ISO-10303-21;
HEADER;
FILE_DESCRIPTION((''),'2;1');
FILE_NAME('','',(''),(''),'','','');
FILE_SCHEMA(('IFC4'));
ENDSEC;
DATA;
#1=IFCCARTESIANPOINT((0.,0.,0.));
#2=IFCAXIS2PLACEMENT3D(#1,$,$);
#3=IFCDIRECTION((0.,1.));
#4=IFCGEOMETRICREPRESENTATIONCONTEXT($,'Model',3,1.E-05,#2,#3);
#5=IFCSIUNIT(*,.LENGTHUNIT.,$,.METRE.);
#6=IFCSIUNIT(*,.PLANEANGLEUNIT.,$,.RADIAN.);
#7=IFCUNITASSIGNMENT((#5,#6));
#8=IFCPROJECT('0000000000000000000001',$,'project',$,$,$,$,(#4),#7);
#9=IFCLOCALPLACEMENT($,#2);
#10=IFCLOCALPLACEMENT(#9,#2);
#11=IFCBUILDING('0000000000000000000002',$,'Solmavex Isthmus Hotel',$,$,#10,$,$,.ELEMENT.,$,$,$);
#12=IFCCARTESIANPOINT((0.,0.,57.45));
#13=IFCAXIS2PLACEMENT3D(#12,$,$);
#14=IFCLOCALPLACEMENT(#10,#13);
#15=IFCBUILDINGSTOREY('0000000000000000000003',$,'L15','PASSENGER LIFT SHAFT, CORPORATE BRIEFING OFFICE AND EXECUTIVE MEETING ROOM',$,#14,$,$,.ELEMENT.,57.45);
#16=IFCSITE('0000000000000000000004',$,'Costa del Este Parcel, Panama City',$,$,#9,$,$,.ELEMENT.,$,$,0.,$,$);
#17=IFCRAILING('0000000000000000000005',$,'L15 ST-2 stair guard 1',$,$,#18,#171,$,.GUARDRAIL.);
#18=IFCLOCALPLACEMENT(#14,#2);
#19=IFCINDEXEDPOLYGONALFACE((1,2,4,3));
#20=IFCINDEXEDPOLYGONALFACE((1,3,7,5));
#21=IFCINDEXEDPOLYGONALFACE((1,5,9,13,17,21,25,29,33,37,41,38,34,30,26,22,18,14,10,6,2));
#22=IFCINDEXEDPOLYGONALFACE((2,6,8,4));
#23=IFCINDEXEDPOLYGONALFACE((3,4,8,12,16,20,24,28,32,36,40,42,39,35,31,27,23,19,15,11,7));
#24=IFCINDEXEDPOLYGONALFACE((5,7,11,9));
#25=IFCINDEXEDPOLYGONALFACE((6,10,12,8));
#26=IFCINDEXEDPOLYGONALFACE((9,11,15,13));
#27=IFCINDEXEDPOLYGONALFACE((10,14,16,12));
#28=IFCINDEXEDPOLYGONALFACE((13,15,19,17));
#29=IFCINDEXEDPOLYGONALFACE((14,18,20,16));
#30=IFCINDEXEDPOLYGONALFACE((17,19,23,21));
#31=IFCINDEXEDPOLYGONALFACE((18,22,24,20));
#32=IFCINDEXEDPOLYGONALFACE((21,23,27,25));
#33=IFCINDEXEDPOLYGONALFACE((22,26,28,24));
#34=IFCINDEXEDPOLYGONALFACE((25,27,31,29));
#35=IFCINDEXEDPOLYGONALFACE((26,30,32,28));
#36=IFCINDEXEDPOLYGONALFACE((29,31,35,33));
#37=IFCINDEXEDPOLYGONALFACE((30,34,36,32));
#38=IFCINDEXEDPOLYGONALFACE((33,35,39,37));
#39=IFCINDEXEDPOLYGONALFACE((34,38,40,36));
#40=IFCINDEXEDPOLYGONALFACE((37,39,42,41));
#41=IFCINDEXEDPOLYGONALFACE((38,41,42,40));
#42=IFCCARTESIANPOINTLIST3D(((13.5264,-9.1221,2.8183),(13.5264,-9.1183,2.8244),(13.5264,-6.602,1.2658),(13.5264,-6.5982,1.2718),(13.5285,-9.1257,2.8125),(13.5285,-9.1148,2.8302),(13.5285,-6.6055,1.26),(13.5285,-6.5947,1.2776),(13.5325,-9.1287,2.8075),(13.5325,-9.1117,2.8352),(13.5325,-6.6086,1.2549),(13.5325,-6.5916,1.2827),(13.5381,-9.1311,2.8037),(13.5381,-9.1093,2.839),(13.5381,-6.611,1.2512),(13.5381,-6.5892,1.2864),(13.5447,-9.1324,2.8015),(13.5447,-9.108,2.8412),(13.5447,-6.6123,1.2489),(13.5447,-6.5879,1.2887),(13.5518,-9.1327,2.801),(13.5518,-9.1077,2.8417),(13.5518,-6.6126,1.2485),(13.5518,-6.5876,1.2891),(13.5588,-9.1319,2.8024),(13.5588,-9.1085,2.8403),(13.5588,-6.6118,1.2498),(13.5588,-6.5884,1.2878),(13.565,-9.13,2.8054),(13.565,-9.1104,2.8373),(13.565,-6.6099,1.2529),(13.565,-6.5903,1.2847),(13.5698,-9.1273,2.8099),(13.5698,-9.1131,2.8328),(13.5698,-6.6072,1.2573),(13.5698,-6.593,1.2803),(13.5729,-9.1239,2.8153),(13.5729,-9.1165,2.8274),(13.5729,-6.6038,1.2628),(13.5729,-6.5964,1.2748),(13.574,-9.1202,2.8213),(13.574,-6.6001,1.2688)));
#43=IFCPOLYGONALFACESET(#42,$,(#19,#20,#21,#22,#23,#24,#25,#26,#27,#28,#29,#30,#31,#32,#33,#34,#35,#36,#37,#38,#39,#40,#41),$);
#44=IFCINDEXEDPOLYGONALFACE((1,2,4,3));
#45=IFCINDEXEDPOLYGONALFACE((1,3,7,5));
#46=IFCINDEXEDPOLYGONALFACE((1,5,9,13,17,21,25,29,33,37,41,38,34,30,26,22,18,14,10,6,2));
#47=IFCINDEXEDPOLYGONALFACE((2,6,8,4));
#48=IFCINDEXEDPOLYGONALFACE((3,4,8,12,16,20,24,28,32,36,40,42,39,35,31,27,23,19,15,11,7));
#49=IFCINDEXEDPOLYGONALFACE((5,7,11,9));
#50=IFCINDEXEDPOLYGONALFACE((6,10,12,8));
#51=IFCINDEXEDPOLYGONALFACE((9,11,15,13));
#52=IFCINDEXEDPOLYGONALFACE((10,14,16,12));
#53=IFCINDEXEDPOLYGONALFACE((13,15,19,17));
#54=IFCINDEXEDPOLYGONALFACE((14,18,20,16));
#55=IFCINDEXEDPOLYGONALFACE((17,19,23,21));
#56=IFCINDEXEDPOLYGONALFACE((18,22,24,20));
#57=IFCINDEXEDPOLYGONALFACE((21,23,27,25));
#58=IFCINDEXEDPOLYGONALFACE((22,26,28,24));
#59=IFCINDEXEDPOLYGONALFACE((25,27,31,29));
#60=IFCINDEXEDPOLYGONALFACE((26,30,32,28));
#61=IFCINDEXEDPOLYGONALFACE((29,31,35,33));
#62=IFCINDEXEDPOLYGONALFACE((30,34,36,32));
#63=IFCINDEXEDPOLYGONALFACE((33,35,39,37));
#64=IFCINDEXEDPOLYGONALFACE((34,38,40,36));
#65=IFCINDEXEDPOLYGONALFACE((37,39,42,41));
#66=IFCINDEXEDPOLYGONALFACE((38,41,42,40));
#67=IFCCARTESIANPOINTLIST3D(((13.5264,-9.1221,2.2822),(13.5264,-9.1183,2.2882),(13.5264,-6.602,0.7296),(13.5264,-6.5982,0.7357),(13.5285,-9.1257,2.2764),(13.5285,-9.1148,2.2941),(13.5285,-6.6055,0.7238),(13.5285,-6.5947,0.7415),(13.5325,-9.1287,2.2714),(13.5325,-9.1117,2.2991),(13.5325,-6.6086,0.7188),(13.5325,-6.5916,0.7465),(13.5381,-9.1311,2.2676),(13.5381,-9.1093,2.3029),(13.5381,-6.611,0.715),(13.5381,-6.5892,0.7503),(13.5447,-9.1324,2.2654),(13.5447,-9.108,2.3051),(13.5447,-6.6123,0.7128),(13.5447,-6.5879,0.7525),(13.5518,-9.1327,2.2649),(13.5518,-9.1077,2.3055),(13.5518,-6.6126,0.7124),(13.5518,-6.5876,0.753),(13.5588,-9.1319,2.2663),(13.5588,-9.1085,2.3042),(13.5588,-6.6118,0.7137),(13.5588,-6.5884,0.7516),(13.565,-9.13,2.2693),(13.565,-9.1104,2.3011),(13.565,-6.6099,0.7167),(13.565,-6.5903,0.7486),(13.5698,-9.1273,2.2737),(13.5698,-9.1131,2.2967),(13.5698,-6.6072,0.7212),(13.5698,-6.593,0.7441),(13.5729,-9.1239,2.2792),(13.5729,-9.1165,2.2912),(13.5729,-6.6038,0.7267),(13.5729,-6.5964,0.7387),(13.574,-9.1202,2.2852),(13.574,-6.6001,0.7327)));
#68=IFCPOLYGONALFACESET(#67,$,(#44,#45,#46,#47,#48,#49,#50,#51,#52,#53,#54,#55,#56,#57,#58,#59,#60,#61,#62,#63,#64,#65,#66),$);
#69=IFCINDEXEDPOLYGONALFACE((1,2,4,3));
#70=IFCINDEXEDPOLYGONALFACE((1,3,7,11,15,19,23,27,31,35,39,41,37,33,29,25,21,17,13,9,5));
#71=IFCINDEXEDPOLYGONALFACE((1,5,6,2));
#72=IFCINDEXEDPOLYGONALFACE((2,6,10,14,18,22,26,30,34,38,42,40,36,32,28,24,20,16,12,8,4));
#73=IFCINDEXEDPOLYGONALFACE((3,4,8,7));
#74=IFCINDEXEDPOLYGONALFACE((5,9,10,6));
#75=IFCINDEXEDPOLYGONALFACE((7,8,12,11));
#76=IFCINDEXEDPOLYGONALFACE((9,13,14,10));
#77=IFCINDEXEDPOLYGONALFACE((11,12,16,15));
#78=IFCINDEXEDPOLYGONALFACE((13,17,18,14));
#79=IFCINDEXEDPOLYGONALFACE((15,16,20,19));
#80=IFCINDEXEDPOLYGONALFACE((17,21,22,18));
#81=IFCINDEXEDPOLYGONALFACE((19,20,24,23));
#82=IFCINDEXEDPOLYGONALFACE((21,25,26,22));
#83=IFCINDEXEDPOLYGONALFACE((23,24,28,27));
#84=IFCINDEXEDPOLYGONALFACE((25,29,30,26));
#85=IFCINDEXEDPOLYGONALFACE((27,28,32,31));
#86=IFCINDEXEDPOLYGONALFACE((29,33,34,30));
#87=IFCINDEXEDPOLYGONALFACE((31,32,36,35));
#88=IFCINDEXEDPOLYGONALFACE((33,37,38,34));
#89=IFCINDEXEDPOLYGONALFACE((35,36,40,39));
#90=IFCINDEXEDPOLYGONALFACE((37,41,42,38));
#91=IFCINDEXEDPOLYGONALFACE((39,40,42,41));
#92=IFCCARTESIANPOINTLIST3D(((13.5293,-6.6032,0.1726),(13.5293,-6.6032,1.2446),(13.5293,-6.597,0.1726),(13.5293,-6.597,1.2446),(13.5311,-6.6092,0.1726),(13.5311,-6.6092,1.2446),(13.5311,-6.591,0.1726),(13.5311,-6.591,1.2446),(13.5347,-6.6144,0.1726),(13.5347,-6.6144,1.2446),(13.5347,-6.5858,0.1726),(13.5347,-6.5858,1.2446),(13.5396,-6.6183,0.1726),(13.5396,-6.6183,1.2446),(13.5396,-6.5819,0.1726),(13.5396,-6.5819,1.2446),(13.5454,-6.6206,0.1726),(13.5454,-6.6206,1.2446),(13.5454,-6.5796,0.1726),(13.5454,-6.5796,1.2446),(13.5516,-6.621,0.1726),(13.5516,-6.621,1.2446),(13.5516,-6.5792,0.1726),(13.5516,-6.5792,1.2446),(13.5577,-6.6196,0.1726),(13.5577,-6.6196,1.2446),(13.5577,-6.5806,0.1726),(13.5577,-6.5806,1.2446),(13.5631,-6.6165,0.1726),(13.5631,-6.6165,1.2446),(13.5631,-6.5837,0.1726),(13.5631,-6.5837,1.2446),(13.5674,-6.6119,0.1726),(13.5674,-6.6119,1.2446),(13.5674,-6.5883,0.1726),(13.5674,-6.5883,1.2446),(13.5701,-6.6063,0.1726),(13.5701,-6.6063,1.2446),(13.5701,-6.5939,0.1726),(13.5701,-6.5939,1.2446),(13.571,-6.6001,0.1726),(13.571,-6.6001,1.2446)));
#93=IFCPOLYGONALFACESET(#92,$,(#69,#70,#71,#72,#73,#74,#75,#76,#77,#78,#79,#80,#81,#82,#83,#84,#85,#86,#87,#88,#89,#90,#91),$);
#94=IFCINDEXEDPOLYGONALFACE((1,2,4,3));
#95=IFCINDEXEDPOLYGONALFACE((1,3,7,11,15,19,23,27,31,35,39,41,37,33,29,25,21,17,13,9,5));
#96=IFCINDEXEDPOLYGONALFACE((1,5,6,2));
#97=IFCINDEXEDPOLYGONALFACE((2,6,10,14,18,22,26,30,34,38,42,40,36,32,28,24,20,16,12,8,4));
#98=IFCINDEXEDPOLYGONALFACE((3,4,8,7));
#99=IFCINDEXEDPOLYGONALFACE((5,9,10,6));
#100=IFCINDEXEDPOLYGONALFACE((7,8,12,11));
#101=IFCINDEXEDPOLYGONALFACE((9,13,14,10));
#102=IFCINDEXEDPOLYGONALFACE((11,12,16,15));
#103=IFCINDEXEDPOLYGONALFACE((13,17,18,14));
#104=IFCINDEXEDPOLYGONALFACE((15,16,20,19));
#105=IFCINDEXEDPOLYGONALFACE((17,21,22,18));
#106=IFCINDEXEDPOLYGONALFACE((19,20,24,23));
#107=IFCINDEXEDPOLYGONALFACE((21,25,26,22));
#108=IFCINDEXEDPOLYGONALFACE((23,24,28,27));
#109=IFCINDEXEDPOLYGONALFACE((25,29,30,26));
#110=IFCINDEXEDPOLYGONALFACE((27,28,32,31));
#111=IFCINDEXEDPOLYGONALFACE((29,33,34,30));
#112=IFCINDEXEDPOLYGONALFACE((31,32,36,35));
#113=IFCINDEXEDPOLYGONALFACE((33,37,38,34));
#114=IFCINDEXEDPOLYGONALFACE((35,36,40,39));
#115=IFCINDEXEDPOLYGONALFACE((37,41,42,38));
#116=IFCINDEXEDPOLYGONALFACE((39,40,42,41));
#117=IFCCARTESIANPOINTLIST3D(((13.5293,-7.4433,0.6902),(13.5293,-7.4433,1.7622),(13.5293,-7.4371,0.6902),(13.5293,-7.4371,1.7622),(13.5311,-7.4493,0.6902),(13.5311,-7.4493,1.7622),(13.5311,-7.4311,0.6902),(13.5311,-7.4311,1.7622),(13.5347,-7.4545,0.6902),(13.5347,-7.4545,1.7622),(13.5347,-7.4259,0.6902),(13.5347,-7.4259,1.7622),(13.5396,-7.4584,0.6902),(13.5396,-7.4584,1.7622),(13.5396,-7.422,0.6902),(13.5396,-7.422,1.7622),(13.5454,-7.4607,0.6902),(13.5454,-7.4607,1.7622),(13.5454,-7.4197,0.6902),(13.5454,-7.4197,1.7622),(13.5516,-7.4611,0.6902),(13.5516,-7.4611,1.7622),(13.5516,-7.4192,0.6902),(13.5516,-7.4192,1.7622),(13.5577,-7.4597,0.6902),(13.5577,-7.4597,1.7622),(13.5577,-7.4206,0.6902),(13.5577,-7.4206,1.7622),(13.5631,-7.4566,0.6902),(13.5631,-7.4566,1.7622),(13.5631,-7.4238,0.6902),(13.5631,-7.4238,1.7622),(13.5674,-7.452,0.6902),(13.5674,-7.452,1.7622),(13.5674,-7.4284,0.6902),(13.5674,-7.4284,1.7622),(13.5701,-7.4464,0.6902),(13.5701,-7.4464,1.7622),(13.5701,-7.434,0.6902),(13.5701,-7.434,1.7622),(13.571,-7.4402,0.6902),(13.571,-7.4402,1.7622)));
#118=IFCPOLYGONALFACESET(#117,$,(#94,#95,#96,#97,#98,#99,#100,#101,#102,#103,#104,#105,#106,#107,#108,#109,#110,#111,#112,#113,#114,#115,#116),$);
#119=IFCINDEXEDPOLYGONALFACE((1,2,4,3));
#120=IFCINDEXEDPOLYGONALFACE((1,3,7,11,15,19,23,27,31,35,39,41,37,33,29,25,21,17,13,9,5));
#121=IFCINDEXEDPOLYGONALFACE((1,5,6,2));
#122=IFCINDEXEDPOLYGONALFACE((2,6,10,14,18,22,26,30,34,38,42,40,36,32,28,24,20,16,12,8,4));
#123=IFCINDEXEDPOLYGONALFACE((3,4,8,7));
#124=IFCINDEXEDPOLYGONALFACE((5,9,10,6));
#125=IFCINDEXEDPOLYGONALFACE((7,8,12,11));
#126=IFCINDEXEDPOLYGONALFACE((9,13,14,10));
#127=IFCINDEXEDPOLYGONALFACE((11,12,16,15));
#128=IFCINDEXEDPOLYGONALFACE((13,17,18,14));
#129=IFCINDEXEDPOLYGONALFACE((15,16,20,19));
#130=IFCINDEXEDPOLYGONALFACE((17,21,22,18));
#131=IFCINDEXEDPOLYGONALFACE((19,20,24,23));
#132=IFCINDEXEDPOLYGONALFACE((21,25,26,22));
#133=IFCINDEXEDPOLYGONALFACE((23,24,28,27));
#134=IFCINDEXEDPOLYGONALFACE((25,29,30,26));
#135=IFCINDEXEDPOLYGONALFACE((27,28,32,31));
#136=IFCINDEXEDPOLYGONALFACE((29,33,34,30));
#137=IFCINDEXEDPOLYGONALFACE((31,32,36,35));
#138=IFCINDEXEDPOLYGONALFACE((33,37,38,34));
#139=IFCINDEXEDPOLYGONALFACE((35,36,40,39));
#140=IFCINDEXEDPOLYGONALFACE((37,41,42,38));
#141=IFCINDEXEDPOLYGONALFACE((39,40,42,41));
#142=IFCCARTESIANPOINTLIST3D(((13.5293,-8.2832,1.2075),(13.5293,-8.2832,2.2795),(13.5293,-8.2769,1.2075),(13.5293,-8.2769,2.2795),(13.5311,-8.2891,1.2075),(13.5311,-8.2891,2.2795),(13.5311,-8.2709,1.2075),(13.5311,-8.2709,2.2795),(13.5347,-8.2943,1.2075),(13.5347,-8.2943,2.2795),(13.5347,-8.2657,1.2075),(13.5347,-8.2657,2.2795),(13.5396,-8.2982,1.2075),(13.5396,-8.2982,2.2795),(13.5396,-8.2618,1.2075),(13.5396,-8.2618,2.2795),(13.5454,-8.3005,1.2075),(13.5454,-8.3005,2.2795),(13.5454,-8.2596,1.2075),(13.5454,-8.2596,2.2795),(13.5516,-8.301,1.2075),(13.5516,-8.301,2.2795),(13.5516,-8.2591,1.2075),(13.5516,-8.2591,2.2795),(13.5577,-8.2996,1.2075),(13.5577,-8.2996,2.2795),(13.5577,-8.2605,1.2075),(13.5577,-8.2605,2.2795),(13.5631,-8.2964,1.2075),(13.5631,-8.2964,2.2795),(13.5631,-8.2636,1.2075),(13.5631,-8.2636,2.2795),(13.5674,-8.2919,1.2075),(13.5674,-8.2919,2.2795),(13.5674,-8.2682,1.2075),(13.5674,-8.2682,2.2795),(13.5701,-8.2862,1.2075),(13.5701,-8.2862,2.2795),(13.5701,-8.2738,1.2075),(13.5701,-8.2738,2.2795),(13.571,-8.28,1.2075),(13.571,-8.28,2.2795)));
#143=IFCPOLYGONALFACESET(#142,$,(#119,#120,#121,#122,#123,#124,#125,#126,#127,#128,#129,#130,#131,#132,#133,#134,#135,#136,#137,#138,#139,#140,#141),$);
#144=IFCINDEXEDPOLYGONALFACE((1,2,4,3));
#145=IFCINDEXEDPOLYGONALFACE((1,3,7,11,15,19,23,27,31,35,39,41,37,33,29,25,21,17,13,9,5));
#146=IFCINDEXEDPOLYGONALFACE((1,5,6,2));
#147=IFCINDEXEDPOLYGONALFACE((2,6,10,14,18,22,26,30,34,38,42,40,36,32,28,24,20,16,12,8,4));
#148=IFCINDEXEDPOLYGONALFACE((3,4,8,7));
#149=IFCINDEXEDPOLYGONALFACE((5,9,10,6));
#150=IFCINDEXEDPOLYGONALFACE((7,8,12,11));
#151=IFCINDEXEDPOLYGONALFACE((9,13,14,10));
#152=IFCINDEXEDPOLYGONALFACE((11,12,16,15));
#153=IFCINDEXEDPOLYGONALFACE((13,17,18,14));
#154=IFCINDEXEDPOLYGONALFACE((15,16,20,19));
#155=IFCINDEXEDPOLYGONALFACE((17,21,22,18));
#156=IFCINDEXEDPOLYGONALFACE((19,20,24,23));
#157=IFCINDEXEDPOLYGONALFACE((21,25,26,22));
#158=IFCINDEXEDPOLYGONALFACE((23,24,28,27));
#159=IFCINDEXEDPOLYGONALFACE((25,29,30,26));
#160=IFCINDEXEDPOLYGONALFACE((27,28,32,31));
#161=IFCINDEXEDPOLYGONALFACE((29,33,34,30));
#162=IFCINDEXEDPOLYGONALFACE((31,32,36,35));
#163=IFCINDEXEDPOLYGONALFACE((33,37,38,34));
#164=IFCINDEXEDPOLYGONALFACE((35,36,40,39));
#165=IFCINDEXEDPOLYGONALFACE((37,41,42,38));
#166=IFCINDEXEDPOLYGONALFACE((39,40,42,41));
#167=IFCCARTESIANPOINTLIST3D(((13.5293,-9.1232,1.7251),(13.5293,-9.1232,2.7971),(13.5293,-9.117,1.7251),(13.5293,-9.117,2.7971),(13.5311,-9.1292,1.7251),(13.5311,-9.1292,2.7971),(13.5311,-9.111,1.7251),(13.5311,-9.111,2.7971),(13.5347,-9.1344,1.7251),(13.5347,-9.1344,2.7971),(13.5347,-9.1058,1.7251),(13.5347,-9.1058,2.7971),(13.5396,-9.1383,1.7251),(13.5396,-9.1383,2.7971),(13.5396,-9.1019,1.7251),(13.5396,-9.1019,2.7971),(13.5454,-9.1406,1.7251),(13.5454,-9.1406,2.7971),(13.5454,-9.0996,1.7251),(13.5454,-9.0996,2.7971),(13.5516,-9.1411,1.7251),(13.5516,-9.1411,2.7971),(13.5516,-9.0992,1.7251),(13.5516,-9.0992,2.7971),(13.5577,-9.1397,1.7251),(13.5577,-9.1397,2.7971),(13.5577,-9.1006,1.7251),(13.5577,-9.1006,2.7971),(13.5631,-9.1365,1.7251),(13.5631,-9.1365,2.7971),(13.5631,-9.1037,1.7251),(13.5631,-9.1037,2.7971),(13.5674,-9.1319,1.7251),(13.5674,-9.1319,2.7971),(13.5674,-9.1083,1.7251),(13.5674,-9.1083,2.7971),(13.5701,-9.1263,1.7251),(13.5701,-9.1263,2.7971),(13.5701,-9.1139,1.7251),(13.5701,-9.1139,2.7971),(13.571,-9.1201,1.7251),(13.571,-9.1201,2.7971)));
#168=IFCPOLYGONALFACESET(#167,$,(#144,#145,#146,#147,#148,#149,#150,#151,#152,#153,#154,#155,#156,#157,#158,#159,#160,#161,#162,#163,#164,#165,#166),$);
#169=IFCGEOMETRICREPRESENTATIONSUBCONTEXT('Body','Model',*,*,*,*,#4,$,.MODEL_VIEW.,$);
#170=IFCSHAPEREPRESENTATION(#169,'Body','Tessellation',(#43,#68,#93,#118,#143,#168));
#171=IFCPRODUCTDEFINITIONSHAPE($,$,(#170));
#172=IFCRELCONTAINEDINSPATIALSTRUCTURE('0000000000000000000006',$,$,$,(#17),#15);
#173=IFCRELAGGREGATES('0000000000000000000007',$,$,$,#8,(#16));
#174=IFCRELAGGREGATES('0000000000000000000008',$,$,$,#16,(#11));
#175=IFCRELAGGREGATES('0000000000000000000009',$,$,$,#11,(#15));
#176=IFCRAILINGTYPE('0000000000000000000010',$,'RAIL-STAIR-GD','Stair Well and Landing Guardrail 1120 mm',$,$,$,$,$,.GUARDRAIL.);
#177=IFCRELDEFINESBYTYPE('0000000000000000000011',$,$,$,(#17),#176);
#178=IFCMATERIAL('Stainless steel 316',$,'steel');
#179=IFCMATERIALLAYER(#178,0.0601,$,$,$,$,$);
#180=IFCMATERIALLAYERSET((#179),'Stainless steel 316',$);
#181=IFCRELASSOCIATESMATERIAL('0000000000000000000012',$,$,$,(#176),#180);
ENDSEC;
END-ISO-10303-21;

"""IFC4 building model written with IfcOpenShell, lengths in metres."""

from ifc_helpers import new_model, si_unit, direction, frame, origin, origin_2d, place, context, subcontext, project, spatial, circle, extrude, material, layer, layer_set, type_object, element, save


model = new_model("IFC4")

# Units and contexts
model_context = context("Model", 3, precision=1e-05, world=origin(), true_north=direction((0.0, 1.0)))
body_context = subcontext(model_context, "Body", "Model", "MODEL_VIEW")
ifc_project = project(units=[si_unit("LENGTHUNIT", "METRE"), si_unit("PLANEANGLEUNIT", "RADIAN")], contexts=[model_context])

# Site, building, storey
site_placement = place(None, origin())
site = spatial("IfcSite", under=ifc_project, at=site_placement, Name="Costa del Este Parcel, Panama City", CompositionType="ELEMENT", RefElevation=0.0)
building_placement = place(site_placement, origin())
building = spatial("IfcBuilding", under=site, at=building_placement, Name="Solmavex Isthmus Hotel", CompositionType="ELEMENT")
storey_placement = place(building_placement, frame((0.0, 0.0, 57.45)))
storey = spatial("IfcBuildingStorey", under=building, at=storey_placement, Name="L15", Description="PASSENGER LIFT SHAFT, CORPORATE BRIEFING OFFICE AND EXECUTIVE MEETING ROOM", CompositionType="ELEMENT", Elevation=57.45)

# Railing
ifc_material_1 = material(Name="Stainless steel 316", Category="steel")
ifc_layer_1 = layer(ifc_material_1, 0.0601)
ifc_layer_set_1 = layer_set([ifc_layer_1], Name="Stainless steel 316")
railing_type_1 = type_object("IfcRailingType", Name="RAIL-STAIR-GD", Description="Stair Well and Landing Guardrail 1120 mm", PredefinedType="GUARDRAIL", material=ifc_layer_set_1)
railing_1_placement = place(storey_placement, frame((13.55, -6.6001, 0.1726)))
element("IfcRailing", 1, at=railing_1_placement, inside=storey, type_object=railing_type_1, Name="L15 ST-2 stair guard 1", PredefinedType="GUARDRAIL", context=body_context, shape_type="SweptSolid", body=[
    extrude(circle(Radius=0.0239, at=origin_2d()), frame((0.0, 0.0, 1.0962), z_axis=(0.0, -0.8514, 0.524516), x_axis=(1.0, 0.0, 0.0)), (0.0, 0.0, 1.0), 2.96),
    extrude(circle(Radius=0.0239, at=origin_2d()), frame((0.0, 0.0, 0.5601), z_axis=(0.0, -0.8514, 0.524516), x_axis=(1.0, 0.0, 0.0)), (0.0, 0.0, 1.0), 2.96),
    extrude(circle(Radius=0.021, at=origin_2d()), origin(), (0.0, 0.0, 1.0), 1.072),
    extrude(circle(Radius=0.021, at=origin_2d()), frame((0.0, -0.8401, 0.5176)), (0.0, 0.0, 1.0), 1.072),
    extrude(circle(Radius=0.021, at=origin_2d()), frame((0.0, -1.6799, 1.0349)), (0.0, 0.0, 1.0), 1.072),
    extrude(circle(Radius=0.021, at=origin_2d()), frame((0.0, -2.52, 1.5525)), (0.0, 0.0, 1.0), 1.072),
])

save(model, "model.ifc")
